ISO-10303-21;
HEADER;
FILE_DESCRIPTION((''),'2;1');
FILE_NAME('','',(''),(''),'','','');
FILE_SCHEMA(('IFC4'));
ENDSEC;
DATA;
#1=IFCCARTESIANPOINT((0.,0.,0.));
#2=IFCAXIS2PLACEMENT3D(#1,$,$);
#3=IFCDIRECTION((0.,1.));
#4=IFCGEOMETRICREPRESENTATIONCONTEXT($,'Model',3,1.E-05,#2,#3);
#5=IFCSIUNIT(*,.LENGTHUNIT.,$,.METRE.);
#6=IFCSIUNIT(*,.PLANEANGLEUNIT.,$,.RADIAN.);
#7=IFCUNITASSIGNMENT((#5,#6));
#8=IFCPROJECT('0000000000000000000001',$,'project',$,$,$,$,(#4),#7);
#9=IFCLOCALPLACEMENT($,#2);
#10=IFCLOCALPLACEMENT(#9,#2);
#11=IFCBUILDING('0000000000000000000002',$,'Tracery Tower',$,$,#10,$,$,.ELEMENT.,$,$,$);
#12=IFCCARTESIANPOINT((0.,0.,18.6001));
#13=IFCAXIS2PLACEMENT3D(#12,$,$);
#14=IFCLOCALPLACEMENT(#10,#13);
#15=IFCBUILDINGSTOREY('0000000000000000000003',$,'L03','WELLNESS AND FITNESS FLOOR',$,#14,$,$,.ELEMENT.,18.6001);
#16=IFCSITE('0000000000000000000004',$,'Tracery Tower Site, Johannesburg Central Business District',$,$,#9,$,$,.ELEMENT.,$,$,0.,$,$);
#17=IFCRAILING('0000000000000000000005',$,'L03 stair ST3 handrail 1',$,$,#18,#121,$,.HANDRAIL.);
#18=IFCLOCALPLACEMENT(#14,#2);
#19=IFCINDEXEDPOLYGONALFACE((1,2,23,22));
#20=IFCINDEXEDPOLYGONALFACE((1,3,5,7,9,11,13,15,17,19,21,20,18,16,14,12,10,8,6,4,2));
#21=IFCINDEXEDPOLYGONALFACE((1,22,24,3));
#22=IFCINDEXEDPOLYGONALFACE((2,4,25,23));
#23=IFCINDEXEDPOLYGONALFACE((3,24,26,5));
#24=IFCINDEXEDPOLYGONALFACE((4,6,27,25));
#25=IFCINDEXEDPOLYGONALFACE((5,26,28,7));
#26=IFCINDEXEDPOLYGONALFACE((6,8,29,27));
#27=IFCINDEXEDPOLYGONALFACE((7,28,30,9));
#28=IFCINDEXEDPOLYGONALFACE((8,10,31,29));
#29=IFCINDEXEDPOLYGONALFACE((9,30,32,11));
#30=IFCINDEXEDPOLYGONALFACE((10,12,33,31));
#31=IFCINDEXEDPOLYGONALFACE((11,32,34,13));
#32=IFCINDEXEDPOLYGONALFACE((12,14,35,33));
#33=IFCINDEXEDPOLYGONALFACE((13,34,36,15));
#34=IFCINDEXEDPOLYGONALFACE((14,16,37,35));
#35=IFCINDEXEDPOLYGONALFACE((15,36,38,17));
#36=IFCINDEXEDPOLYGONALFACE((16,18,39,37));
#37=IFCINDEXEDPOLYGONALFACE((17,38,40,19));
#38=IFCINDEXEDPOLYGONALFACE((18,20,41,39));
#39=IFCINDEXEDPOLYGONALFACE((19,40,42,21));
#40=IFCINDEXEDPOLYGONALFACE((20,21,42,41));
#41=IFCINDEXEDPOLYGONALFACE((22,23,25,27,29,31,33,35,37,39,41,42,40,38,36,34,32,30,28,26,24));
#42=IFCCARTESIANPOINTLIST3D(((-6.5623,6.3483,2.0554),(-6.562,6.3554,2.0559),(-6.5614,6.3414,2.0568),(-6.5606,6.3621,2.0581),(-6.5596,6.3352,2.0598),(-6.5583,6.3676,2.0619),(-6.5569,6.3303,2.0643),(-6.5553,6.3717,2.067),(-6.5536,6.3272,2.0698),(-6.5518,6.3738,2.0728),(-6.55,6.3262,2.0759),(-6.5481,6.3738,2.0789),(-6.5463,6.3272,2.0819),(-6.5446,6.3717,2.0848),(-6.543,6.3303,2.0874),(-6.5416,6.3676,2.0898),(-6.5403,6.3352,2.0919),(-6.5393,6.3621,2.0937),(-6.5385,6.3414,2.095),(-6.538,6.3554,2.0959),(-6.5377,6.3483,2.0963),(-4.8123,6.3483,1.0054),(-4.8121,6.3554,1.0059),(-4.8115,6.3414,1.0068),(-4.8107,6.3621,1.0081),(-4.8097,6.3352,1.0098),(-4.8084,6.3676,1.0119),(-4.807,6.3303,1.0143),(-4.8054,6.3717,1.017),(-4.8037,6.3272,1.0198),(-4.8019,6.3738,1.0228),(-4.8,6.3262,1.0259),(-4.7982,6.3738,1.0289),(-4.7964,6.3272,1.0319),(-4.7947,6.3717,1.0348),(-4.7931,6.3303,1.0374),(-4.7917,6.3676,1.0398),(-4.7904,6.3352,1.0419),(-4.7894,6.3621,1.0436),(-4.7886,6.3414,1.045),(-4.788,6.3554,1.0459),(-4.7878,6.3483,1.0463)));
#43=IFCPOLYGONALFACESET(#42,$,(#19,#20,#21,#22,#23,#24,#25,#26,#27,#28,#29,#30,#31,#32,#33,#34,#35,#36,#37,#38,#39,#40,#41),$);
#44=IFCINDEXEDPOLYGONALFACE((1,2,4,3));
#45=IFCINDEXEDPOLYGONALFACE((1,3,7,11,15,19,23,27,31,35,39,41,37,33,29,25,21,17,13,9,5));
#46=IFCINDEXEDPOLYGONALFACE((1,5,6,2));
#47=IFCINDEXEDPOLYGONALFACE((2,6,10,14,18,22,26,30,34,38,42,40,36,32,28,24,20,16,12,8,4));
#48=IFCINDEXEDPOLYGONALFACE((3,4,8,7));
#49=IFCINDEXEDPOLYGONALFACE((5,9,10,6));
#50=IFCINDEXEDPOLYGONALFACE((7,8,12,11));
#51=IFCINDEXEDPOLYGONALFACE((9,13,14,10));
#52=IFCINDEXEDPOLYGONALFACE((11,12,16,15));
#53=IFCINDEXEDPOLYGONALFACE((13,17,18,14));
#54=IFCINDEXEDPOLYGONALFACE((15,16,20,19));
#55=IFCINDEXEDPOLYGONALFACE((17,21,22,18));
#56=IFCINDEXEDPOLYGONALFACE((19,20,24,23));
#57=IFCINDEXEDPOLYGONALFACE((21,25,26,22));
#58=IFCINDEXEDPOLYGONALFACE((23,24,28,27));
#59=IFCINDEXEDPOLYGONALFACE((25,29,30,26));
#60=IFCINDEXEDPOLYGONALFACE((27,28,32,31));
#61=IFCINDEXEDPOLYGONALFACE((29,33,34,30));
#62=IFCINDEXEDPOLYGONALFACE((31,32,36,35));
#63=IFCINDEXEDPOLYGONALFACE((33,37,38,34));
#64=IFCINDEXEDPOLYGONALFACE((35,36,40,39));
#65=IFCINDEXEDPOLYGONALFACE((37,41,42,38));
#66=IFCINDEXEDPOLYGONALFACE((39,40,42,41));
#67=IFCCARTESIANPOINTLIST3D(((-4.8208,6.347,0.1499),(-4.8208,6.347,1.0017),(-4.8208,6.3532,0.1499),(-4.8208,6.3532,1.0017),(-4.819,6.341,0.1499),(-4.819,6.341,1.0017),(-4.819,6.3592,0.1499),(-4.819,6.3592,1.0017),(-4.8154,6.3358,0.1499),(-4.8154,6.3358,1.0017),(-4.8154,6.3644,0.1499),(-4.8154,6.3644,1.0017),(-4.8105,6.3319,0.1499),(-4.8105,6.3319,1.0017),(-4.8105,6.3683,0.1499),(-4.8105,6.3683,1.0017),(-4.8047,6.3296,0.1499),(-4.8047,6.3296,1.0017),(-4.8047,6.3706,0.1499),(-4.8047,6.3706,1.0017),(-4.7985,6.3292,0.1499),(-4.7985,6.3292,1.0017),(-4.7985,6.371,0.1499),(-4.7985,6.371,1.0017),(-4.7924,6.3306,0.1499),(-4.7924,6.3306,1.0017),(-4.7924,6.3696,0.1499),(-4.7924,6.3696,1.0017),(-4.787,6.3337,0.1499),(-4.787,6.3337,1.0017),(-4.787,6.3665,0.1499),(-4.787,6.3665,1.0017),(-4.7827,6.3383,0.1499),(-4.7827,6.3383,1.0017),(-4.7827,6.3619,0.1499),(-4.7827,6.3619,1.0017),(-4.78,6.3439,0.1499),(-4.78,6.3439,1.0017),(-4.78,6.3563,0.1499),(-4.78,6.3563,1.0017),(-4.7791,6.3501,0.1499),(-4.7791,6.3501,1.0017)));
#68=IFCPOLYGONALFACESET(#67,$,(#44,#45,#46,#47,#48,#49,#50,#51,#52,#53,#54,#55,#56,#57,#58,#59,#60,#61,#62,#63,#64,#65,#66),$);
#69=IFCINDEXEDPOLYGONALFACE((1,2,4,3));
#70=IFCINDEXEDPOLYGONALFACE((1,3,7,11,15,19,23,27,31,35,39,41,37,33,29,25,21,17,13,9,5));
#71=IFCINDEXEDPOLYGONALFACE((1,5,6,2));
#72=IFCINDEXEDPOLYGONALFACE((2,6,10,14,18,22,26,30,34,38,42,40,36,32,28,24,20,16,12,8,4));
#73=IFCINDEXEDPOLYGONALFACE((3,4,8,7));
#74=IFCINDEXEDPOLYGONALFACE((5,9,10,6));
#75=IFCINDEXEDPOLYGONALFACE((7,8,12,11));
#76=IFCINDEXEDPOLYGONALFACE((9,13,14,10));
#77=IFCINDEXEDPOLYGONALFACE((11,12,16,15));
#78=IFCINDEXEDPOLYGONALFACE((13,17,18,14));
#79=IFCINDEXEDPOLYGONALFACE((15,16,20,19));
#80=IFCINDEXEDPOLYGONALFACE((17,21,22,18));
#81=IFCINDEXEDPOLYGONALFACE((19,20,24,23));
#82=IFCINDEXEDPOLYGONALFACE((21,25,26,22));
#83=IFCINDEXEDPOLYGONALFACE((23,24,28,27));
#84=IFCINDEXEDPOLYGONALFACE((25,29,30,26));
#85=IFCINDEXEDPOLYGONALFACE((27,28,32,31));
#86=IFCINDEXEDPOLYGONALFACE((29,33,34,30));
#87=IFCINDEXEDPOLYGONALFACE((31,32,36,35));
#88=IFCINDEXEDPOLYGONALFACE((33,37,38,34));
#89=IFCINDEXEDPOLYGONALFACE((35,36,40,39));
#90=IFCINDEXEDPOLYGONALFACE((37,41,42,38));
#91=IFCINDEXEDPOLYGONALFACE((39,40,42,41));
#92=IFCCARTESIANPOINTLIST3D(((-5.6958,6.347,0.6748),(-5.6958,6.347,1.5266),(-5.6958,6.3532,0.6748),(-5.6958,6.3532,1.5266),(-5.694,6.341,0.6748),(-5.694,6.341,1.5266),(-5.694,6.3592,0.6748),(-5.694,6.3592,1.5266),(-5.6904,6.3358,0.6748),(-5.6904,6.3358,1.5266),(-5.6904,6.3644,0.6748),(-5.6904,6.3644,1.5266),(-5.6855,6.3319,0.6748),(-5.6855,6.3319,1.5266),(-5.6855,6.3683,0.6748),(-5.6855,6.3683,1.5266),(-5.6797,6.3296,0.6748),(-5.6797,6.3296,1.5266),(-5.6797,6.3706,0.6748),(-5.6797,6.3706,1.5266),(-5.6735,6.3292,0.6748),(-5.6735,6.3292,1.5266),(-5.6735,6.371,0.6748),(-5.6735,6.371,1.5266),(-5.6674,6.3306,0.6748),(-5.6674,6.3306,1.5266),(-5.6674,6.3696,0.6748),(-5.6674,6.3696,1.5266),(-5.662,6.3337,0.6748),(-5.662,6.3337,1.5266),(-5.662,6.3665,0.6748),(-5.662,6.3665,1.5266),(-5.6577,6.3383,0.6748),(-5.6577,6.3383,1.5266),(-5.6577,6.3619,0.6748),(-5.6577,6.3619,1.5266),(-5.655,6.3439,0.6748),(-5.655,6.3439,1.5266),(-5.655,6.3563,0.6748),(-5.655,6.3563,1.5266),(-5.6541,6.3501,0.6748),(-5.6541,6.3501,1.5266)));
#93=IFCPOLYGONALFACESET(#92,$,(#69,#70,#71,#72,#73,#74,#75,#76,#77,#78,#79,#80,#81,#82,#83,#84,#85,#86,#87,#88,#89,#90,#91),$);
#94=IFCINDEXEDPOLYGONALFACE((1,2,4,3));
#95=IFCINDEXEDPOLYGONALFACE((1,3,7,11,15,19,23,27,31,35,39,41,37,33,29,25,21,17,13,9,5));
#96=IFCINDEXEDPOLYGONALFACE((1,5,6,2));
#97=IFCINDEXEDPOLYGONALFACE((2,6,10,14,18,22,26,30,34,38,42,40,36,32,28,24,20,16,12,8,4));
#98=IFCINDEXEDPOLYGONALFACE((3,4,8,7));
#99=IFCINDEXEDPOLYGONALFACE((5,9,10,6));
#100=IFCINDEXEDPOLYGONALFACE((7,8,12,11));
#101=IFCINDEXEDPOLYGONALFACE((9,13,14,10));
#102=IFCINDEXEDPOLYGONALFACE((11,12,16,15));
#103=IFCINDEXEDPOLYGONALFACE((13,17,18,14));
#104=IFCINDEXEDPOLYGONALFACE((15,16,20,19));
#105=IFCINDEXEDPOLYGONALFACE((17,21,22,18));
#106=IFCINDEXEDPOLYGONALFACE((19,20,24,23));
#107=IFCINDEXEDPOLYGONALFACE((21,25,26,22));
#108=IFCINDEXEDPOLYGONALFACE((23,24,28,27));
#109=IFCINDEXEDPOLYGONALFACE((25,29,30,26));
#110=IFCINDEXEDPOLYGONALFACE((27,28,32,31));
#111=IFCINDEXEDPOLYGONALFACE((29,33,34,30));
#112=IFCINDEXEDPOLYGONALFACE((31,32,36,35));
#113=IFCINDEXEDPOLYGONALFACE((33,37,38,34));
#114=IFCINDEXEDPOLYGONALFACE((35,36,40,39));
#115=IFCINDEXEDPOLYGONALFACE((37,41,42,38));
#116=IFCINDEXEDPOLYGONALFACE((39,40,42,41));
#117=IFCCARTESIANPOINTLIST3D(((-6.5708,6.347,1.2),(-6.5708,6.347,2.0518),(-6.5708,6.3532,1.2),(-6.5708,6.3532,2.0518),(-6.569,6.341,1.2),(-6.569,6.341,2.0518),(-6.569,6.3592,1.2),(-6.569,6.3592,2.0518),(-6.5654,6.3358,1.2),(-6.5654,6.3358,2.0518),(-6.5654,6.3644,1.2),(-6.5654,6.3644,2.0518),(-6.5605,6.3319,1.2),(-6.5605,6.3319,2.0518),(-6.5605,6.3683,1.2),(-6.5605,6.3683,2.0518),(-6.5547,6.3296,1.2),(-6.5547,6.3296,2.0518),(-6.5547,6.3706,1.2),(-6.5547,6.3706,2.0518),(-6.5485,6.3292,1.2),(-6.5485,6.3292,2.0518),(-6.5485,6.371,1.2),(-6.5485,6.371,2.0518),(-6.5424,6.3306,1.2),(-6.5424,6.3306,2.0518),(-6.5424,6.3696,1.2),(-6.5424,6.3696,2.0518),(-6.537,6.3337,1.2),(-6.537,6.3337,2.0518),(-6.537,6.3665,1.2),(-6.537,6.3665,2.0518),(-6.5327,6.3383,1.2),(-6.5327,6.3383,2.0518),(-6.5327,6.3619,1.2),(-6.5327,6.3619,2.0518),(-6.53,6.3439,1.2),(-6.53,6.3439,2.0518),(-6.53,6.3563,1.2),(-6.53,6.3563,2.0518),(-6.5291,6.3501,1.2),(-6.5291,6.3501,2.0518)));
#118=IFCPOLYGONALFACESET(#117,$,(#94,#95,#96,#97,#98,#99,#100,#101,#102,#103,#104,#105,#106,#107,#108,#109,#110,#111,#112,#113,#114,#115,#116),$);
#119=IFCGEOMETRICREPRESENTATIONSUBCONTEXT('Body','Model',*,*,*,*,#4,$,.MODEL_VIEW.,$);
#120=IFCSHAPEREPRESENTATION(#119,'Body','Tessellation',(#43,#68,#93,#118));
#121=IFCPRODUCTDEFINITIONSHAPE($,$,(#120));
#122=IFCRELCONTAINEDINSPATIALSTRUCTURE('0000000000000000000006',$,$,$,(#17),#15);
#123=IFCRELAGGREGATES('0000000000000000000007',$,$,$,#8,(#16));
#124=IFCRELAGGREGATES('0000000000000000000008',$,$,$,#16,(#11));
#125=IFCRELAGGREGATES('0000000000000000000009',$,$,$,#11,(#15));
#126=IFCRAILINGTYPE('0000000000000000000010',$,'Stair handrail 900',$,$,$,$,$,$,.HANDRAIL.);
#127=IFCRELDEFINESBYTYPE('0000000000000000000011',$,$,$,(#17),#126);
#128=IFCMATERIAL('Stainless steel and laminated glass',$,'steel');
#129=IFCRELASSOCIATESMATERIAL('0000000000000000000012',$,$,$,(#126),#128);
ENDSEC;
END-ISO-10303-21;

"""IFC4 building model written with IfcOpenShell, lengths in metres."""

from ifc_helpers import new_model, si_unit, direction, frame, origin, origin_2d, place, context, subcontext, project, spatial, circle, extrude, material, type_object, element, save


model = new_model("IFC4")

# Units and contexts
model_context = context("Model", 3, precision=1e-05, world=origin(), true_north=direction((0.0, 1.0)))
body_context = subcontext(model_context, "Body", "Model", "MODEL_VIEW")
ifc_project = project(units=[si_unit("LENGTHUNIT", "METRE"), si_unit("PLANEANGLEUNIT", "RADIAN")], contexts=[model_context])

# Site, building, storey
site_placement = place(None, origin())
site = spatial("IfcSite", under=ifc_project, at=site_placement, Name="Tracery Tower Site, Johannesburg Central Business District", CompositionType="ELEMENT", RefElevation=0.0)
building_placement = place(site_placement, origin())
building = spatial("IfcBuilding", under=site, at=building_placement, Name="Tracery Tower", CompositionType="ELEMENT")
storey_placement = place(building_placement, frame((0.0, 0.0, 18.6001)))
storey = spatial("IfcBuildingStorey", under=building, at=storey_placement, Name="L03", Description="WELLNESS AND FITNESS FLOOR", CompositionType="ELEMENT", Elevation=18.6001)

# Railing
ifc_material_1 = material(Name="Stainless steel and laminated glass", Category="steel")
railing_type_1 = type_object("IfcRailingType", Name="Stair handrail 900", PredefinedType="HANDRAIL", material=ifc_material_1)
railing_1_placement = place(storey_placement, frame((-4.8, 6.3501, 0.1499)))
element("IfcRailing", 1, at=railing_1_placement, inside=storey, type_object=railing_type_1, Name="L03 stair ST3 handrail 1", PredefinedType="HANDRAIL", context=body_context, shape_type="SweptSolid", body=[
    extrude(circle(Radius=0.0239, at=origin_2d()), frame((0.0, 0.0, 0.876), z_axis=(-0.857482, 0.0, 0.514513), x_axis=(0.0, -1.0, 0.0)), (0.0, 0.0, 1.0), 2.0408),
    extrude(circle(Radius=0.021, at=origin_2d()), origin(), (0.0, 0.0, 1.0), 0.8518),
    extrude(circle(Radius=0.021, at=origin_2d()), frame((-0.875, 0.0, 0.5249)), (0.0, 0.0, 1.0), 0.8518),
    extrude(circle(Radius=0.021, at=origin_2d()), frame((-1.75, 0.0, 1.05)), (0.0, 0.0, 1.0), 0.8518),
])

save(model, "model.ifc")
